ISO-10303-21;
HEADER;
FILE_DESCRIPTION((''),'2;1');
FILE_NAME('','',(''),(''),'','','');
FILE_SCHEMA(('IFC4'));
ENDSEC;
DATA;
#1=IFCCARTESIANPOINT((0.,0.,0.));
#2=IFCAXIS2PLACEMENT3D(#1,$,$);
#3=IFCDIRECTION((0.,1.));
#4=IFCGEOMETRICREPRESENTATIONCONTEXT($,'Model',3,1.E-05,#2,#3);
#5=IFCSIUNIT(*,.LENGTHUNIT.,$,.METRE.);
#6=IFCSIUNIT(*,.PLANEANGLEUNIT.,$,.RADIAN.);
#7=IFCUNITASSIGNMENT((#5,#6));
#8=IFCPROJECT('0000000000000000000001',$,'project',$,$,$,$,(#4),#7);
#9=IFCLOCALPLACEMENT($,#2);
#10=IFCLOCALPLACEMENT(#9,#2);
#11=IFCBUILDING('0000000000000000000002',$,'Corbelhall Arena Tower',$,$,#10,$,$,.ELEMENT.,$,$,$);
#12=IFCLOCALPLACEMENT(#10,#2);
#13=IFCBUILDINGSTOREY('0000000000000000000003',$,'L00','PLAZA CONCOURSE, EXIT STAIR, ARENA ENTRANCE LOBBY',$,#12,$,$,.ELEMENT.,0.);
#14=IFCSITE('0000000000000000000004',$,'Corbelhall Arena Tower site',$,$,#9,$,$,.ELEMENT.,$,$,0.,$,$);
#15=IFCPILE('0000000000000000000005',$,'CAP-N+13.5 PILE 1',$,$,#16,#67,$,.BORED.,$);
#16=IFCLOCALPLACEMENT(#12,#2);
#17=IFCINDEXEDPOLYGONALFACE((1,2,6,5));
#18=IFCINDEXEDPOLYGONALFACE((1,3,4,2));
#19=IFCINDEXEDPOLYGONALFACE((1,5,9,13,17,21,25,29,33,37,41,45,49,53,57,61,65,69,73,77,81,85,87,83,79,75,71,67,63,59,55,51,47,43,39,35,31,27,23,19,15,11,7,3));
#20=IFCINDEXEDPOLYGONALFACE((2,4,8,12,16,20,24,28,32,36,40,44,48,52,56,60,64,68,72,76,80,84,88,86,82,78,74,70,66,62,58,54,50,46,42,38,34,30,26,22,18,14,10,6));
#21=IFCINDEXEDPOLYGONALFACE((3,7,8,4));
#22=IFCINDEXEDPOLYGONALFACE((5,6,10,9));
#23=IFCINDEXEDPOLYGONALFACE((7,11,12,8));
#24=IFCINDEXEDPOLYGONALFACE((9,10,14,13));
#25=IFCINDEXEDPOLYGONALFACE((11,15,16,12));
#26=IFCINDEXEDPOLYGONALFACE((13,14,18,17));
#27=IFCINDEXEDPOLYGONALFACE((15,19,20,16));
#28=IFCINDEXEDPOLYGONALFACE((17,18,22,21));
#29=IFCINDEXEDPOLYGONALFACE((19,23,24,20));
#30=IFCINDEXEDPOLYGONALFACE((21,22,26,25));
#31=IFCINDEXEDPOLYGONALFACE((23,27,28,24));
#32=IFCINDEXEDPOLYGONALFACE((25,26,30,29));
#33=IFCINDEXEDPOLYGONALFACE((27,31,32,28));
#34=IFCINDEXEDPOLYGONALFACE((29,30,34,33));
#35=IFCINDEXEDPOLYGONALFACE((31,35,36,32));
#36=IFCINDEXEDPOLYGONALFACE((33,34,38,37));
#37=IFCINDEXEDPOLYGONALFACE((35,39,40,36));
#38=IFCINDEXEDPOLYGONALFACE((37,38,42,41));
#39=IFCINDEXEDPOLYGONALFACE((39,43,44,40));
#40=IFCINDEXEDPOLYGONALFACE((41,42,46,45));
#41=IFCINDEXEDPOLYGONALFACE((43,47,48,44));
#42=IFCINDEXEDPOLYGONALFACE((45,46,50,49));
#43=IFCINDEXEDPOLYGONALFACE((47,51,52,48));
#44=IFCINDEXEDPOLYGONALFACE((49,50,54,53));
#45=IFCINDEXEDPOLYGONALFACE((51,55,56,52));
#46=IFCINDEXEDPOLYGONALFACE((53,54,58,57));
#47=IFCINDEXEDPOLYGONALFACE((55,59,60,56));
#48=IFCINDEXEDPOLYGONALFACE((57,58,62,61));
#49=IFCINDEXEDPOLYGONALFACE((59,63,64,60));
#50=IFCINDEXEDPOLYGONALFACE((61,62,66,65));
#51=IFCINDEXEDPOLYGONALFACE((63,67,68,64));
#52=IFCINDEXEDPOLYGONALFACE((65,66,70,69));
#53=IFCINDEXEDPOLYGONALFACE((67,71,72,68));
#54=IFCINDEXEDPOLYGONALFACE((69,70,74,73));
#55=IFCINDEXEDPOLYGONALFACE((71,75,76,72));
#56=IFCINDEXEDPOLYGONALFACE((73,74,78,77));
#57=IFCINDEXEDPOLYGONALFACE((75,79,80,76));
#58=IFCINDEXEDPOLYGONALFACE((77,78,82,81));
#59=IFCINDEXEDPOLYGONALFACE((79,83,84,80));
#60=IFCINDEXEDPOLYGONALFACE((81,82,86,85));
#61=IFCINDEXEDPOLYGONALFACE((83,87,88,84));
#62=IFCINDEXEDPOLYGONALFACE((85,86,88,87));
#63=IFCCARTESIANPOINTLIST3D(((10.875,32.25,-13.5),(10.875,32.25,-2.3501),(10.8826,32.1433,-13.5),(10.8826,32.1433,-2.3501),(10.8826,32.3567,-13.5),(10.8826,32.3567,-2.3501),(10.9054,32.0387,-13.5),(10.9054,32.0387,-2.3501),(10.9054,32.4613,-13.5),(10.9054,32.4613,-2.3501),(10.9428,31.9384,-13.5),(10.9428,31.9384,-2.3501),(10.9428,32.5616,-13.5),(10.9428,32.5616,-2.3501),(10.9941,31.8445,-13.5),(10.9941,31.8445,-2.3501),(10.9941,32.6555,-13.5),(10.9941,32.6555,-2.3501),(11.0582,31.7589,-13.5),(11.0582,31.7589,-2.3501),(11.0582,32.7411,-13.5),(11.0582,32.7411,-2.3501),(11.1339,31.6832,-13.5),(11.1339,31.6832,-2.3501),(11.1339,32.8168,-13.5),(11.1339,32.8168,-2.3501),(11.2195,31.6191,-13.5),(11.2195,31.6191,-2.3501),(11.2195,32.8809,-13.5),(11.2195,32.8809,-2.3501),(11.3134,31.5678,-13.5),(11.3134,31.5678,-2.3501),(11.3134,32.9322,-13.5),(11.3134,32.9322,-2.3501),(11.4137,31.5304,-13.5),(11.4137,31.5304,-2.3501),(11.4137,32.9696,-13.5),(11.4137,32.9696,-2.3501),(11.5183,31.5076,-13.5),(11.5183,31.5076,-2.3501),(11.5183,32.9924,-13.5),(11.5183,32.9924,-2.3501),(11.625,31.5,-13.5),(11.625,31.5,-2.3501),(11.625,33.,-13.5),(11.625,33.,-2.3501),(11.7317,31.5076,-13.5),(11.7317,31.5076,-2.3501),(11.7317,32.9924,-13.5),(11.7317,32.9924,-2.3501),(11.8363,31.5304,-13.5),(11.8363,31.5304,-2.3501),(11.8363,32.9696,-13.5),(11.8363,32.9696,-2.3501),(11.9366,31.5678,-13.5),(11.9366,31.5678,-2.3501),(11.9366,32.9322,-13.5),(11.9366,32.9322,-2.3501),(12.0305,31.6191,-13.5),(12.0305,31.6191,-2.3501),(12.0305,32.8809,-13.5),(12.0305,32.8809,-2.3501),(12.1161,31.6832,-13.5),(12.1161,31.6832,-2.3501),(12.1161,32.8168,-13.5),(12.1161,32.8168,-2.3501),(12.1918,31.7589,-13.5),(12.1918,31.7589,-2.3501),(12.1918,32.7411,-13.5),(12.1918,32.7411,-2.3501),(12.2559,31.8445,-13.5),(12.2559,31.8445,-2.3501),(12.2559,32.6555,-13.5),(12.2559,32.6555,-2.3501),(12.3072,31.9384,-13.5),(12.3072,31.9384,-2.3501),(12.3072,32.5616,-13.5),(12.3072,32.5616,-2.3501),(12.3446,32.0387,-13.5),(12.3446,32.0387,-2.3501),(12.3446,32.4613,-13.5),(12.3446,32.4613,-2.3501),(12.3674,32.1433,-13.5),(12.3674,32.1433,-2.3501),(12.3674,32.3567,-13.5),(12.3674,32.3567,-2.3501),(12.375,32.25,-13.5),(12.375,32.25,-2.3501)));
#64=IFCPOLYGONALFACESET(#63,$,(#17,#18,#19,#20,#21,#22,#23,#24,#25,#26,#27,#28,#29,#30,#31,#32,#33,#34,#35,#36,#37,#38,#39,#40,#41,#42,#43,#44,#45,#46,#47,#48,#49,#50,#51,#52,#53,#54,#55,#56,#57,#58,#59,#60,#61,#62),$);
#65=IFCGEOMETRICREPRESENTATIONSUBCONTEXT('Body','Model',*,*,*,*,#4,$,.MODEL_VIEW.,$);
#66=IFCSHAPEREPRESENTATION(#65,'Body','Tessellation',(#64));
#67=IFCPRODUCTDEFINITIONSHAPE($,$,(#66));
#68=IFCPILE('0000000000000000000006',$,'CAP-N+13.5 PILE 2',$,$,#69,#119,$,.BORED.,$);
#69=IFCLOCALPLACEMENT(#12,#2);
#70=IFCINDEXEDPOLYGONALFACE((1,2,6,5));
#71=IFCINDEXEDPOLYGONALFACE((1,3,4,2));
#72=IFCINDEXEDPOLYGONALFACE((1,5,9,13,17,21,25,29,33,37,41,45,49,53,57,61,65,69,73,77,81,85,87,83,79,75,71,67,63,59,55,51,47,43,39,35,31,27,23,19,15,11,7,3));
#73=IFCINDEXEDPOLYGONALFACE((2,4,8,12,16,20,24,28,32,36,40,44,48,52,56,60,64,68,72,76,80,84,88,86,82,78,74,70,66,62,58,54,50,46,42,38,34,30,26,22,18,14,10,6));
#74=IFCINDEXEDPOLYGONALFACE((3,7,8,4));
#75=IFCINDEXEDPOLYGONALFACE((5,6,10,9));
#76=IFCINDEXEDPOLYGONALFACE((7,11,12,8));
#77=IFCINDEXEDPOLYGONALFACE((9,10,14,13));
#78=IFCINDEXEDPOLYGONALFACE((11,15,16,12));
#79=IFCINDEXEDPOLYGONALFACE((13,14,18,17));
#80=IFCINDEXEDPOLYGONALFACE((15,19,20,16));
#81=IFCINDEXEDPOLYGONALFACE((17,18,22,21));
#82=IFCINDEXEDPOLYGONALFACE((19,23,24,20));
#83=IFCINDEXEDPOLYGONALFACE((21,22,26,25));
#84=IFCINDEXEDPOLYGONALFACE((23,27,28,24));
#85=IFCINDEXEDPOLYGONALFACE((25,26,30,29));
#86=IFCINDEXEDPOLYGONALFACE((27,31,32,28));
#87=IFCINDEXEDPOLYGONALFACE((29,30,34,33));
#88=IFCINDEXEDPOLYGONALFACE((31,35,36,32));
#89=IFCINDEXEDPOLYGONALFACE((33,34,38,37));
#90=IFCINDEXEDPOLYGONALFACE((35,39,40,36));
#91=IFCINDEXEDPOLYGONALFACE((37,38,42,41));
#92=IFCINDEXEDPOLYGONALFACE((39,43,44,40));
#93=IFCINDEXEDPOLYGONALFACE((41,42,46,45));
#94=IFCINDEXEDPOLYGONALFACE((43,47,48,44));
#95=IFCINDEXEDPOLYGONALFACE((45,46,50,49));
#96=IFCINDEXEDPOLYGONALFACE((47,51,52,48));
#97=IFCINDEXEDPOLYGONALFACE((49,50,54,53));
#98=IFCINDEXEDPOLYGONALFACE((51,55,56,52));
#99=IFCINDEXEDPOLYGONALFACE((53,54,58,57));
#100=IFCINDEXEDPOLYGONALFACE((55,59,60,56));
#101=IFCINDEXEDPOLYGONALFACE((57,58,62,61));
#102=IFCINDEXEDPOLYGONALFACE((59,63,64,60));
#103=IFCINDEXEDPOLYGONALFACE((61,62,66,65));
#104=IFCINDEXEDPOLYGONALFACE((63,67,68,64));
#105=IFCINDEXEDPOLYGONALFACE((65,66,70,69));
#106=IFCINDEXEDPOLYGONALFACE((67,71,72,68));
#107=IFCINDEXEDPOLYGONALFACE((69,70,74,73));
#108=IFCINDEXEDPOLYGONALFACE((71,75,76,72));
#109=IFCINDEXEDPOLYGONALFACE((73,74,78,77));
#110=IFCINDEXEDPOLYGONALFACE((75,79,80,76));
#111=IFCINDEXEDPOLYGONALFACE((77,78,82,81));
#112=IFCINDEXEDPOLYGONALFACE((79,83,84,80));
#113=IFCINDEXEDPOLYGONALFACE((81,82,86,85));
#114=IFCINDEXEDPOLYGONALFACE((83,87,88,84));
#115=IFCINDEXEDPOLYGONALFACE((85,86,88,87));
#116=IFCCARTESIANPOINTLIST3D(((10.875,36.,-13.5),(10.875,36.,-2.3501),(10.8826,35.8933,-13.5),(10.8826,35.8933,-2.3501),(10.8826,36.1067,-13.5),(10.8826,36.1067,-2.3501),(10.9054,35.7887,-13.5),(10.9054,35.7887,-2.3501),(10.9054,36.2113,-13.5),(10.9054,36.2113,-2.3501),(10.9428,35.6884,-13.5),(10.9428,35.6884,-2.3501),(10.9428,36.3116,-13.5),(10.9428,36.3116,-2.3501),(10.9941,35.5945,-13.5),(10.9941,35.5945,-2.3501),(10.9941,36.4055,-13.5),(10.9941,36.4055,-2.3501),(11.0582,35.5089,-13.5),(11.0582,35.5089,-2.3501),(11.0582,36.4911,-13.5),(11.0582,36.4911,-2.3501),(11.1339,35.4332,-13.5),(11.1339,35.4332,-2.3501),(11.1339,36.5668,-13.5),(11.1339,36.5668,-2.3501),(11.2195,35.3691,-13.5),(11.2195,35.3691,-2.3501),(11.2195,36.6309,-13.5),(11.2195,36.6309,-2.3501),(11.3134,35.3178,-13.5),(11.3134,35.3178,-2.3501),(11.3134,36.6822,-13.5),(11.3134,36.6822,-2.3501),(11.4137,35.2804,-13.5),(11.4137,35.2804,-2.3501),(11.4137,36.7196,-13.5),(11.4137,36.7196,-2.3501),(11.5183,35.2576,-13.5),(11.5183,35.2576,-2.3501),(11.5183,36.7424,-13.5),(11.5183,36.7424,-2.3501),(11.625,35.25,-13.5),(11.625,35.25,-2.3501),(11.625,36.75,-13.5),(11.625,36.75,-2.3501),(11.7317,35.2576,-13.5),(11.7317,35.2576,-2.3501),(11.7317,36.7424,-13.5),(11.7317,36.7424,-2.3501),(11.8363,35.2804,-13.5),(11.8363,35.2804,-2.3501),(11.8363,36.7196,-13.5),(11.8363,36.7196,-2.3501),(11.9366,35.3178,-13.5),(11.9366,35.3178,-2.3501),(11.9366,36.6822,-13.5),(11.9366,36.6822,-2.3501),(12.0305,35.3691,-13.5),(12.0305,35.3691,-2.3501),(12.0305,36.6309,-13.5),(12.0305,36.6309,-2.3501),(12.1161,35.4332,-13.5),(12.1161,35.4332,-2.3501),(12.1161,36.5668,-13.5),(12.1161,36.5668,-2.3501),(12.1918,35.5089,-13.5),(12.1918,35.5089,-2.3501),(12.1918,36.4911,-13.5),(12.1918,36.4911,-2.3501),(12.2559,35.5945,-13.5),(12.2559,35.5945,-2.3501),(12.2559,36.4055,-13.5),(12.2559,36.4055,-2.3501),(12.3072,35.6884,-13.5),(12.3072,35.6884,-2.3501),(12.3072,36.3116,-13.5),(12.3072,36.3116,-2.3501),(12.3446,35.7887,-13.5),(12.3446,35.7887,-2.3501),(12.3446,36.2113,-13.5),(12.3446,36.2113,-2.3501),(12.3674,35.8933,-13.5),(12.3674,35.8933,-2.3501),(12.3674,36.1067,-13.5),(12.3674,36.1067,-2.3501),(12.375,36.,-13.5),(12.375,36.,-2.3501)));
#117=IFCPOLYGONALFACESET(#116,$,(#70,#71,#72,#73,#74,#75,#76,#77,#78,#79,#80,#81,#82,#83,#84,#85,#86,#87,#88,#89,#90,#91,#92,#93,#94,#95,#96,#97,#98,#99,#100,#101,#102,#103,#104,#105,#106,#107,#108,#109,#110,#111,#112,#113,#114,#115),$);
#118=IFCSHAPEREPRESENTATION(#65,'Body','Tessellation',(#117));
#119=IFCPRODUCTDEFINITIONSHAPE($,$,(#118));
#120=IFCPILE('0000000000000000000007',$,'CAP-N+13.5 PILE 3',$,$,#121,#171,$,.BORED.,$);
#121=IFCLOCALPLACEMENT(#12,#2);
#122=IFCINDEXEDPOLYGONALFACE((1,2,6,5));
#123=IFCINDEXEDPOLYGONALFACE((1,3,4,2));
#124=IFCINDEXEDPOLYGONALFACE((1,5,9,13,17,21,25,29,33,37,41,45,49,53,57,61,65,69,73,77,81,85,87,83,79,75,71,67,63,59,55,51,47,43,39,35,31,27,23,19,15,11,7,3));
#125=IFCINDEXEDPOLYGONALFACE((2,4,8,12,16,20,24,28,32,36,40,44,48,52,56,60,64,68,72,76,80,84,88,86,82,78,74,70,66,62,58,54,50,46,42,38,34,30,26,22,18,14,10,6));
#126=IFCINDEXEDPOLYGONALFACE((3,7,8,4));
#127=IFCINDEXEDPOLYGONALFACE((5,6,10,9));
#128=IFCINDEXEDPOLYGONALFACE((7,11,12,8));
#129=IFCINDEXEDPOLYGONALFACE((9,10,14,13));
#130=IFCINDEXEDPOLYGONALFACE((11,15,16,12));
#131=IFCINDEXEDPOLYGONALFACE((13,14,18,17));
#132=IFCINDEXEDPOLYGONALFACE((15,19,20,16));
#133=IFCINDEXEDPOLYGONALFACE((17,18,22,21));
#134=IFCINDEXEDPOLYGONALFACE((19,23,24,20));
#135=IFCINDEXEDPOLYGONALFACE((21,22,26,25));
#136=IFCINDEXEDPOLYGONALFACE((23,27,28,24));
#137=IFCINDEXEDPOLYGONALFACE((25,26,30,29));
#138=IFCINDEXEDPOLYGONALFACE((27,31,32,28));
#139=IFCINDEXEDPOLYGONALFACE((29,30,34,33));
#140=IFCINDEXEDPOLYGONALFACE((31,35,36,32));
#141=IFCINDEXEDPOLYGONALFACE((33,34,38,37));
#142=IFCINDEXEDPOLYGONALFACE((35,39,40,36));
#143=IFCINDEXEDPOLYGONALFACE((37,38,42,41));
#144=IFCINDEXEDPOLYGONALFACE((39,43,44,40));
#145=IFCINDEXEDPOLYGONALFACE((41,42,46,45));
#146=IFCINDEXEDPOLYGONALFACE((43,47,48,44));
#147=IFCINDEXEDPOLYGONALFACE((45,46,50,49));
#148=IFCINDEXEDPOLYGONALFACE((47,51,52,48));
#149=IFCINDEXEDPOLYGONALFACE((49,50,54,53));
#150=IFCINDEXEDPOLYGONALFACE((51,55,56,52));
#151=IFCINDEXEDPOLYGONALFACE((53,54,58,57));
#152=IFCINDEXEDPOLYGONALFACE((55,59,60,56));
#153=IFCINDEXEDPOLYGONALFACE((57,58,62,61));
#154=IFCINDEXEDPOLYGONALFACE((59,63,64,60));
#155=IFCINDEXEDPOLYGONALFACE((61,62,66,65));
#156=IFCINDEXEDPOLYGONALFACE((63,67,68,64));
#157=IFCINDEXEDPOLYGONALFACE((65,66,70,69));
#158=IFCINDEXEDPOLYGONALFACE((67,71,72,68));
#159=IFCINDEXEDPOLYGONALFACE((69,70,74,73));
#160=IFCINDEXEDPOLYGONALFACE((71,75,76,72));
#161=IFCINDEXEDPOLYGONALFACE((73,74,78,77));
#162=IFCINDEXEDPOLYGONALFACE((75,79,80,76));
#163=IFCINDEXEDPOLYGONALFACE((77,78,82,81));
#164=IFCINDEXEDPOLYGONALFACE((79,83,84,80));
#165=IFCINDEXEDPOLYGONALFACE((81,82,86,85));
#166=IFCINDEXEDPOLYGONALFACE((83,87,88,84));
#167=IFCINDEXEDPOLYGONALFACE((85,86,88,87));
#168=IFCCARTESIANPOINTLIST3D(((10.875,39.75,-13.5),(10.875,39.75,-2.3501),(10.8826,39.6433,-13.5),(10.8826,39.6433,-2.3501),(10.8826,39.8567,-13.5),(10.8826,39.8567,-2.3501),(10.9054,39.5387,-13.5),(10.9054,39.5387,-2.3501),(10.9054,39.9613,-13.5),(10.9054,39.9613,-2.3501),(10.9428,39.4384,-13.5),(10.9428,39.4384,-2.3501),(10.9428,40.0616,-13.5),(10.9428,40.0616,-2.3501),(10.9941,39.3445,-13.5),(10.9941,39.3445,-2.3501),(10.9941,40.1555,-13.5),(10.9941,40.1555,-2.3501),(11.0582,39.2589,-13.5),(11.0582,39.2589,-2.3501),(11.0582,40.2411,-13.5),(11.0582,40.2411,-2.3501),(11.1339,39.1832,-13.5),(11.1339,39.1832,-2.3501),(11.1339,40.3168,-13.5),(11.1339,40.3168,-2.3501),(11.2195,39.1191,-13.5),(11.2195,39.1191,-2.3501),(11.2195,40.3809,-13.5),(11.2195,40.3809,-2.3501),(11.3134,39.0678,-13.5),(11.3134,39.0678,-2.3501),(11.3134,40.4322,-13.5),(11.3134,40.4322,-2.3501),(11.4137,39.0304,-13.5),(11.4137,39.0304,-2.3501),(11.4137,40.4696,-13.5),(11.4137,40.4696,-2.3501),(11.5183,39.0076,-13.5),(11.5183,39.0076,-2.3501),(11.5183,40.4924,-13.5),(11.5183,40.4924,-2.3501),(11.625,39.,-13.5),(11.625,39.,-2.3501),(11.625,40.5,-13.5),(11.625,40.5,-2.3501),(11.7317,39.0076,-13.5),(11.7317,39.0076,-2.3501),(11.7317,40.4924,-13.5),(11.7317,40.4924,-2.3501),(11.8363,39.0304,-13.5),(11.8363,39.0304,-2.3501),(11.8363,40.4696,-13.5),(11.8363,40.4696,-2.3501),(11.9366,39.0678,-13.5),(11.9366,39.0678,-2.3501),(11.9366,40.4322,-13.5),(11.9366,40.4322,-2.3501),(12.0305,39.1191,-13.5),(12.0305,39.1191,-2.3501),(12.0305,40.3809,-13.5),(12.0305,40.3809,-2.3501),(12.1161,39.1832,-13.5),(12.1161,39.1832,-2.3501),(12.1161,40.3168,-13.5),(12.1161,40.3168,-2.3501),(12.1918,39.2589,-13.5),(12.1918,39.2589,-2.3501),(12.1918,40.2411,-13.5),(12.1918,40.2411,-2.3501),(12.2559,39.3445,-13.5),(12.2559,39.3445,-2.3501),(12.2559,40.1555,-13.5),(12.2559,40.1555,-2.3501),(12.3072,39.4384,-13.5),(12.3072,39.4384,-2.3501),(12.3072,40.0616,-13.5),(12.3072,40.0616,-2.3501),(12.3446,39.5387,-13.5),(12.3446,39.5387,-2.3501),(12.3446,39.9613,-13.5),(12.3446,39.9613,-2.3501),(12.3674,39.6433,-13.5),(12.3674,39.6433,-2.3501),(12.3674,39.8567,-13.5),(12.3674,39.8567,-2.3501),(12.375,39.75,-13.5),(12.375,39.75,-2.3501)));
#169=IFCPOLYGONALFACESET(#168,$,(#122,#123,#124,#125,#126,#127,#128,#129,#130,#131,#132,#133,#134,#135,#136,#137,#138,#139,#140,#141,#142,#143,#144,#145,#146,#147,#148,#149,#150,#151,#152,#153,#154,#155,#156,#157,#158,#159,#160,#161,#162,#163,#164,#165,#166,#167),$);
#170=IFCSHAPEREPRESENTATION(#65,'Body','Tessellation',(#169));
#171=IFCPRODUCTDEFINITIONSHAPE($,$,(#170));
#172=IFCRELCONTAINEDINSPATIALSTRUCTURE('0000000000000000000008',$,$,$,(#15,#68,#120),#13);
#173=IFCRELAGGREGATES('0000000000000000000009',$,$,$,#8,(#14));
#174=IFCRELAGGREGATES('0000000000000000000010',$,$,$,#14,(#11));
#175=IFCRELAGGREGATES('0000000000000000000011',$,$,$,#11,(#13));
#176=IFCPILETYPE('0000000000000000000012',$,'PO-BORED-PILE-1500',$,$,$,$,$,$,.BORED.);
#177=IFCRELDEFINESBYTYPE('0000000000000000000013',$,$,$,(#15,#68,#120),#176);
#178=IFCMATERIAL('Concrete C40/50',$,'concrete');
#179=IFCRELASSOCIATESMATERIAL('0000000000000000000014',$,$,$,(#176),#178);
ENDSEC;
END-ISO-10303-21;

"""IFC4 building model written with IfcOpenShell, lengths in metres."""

from ifc_helpers import new_model, si_unit, direction, frame, origin, origin_2d, place, context, subcontext, project, spatial, circle, extrude, material, material_profile, profile_set, type_object, element, save


model = new_model("IFC4")

# Units and contexts
model_context = context("Model", 3, precision=1e-05, world=origin(), true_north=direction((0.0, 1.0)))
body_context = subcontext(model_context, "Body", "Model", "MODEL_VIEW")
ifc_project = project(units=[si_unit("LENGTHUNIT", "METRE"), si_unit("PLANEANGLEUNIT", "RADIAN")], contexts=[model_context])

# Site, building, storey
site_placement = place(None, origin())
site = spatial("IfcSite", under=ifc_project, at=site_placement, Name="Corbelhall Arena Tower site", CompositionType="ELEMENT", RefElevation=0.0)
building_placement = place(site_placement, origin())
building = spatial("IfcBuilding", under=site, at=building_placement, Name="Corbelhall Arena Tower", CompositionType="ELEMENT")
storey_placement = place(building_placement, origin())
storey = spatial("IfcBuildingStorey", under=building, at=storey_placement, Name="L00", Description="PLAZA CONCOURSE, EXIT STAIR, ARENA ENTRANCE LOBBY", CompositionType="ELEMENT", Elevation=0.0)

# Piles
ifc_material_1 = material(Name="Concrete C40/50", Category="concrete")
ifc_material_profile_1 = material_profile(ifc_material_1, circle(Radius=0.75, at=origin_2d()))
ifc_profile_set_1 = profile_set([ifc_material_profile_1], Name="Concrete C40/50")
pile_type = type_object("IfcPileType", Name="PO-BORED-PILE-1500", PredefinedType="BORED", material=ifc_profile_set_1)
for number, where, z_axis, x_axis, name in (
    (1, (11.625, 32.25, -2.3501), (0.0, 0.0, -1.0), (1.0, 0.0, 0.0), "CAP-N+13.5 PILE 1"),
    (2, (11.625, 36.0, -2.3501), (0.0, 0.0, -1.0), (1.0, 0.0, 0.0), "CAP-N+13.5 PILE 2"),
    (3, (11.625, 39.75, -2.3501), (0.0, 0.0, -1.0), (1.0, 0.0, 0.0), "CAP-N+13.5 PILE 3"),
):
    element("IfcPile", number, at=place(storey_placement, frame(where, z_axis=z_axis, x_axis=x_axis)), inside=storey, type_object=pile_type, Name=name, PredefinedType="BORED", context=body_context, shape_type="SweptSolid", body=[
        extrude(circle(Radius=0.75, at=origin_2d()), origin(), (0.0, 0.0, 1.0), 11.1499),
    ])

save(model, "model.ifc")
